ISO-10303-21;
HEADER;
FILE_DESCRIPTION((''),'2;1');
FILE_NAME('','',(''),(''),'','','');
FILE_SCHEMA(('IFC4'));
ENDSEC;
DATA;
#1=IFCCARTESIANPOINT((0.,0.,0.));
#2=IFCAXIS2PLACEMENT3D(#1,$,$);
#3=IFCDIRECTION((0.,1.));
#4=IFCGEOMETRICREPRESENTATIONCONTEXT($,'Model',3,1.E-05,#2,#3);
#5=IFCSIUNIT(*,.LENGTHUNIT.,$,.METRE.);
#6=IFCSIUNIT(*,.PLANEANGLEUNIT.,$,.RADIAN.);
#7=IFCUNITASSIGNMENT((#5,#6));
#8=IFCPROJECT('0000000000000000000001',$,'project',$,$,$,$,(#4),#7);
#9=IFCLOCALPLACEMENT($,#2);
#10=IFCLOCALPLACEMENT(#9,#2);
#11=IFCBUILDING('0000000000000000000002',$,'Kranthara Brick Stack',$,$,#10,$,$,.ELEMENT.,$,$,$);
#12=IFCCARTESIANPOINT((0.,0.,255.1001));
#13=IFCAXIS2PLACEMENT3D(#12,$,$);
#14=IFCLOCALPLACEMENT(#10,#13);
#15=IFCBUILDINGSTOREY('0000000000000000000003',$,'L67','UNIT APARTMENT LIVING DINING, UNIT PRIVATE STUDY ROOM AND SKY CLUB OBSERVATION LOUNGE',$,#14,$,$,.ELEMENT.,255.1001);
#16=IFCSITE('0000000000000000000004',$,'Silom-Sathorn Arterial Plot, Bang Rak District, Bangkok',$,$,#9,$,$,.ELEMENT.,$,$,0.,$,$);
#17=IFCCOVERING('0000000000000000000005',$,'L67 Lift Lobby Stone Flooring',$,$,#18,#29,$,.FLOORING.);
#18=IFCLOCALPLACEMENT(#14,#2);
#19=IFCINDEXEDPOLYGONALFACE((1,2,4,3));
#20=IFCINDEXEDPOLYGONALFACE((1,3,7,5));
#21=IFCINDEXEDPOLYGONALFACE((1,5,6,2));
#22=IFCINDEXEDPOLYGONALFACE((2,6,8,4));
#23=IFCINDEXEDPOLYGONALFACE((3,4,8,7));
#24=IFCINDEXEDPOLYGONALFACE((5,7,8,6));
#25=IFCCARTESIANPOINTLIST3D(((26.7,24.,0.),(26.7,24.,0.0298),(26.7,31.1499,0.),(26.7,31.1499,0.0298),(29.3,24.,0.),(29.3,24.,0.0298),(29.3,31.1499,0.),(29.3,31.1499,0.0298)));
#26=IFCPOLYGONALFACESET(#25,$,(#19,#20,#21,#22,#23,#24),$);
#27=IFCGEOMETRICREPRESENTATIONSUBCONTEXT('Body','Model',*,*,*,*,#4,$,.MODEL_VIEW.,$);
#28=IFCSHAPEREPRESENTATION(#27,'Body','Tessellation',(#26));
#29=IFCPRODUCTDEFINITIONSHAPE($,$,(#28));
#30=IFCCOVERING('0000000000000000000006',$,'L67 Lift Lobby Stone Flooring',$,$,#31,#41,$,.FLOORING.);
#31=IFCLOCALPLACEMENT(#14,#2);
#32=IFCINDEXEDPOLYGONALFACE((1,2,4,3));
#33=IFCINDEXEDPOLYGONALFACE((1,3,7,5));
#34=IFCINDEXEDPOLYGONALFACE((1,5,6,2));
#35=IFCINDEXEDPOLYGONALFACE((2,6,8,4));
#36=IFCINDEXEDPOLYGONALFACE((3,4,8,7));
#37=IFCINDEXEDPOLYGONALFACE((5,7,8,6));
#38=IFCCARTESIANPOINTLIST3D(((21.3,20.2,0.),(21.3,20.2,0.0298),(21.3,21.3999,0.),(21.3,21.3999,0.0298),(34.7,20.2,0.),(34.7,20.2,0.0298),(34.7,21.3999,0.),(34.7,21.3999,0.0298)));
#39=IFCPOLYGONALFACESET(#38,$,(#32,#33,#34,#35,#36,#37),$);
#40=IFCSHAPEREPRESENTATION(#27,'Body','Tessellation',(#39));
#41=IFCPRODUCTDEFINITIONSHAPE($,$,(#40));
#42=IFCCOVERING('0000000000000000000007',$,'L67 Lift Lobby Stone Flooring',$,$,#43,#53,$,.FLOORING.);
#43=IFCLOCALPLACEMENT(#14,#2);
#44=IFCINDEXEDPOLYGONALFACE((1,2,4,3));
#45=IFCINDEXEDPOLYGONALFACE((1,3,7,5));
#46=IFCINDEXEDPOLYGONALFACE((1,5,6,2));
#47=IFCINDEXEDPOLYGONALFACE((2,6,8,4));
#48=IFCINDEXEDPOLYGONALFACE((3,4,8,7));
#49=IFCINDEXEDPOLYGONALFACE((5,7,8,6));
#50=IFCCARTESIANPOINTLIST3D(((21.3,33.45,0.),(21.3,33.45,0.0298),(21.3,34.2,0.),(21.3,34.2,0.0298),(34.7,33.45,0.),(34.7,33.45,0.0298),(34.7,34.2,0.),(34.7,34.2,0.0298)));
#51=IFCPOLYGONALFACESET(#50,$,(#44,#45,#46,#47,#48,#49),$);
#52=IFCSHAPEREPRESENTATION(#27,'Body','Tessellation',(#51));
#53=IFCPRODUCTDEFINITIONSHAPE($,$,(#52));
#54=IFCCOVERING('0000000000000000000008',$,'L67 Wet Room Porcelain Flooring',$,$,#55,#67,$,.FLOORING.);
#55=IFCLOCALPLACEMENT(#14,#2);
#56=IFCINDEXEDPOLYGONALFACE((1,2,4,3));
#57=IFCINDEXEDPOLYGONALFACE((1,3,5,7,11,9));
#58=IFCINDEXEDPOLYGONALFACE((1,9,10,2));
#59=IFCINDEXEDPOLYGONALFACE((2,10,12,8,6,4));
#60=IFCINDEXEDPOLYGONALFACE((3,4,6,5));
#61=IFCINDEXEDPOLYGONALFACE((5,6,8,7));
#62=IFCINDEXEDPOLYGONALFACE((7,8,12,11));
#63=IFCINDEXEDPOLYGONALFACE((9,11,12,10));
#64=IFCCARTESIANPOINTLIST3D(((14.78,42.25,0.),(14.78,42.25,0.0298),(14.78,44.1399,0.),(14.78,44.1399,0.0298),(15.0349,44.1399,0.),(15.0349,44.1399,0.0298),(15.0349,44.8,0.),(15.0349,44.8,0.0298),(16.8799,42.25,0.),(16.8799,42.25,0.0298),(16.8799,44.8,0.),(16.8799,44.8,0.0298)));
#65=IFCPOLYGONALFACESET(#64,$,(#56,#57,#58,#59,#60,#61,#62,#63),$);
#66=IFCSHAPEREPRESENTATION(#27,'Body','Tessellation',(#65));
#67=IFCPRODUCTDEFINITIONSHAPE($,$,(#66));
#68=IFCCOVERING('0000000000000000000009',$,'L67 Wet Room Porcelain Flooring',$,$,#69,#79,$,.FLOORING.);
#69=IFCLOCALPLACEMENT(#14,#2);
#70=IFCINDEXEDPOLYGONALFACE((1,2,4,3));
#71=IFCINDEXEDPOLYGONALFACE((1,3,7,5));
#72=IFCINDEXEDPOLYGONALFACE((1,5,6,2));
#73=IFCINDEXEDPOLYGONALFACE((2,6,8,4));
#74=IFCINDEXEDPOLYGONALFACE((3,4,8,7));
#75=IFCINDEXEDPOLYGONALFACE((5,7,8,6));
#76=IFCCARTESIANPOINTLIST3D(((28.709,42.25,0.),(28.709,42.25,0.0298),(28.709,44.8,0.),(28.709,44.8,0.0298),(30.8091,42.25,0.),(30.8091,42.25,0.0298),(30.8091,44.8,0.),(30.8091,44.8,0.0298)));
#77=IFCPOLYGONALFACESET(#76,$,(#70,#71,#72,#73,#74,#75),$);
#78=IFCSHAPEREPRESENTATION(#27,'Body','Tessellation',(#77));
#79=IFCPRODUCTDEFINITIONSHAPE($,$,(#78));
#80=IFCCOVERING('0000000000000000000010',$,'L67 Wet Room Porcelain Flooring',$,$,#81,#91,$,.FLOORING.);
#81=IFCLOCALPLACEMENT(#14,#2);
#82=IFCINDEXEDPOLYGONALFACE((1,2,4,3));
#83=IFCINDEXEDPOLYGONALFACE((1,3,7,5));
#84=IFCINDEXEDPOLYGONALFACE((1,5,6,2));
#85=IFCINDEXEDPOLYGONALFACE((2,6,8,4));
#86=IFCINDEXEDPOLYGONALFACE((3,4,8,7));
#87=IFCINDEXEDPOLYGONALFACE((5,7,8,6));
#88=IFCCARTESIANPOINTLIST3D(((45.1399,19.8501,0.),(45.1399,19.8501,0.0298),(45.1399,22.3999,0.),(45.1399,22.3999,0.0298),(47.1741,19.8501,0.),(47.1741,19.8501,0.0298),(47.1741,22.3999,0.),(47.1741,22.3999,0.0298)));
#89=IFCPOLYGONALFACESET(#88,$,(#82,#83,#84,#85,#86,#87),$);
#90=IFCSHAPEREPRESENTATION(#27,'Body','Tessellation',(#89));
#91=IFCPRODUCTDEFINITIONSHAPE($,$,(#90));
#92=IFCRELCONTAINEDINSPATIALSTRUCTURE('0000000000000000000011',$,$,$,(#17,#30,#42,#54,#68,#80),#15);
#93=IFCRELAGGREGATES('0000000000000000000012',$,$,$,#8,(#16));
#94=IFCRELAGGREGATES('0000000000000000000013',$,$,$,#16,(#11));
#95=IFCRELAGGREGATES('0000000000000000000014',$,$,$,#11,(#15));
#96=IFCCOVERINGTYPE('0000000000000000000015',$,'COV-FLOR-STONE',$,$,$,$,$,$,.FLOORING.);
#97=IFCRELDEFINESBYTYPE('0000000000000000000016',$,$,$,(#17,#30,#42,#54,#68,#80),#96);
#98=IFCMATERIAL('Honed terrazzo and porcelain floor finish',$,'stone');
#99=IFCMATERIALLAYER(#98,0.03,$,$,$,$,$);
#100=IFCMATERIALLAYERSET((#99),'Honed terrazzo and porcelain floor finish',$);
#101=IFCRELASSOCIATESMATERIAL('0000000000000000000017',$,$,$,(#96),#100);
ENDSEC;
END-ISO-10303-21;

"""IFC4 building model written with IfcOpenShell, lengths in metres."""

from ifc_helpers import new_model, si_unit, direction, frame, origin, place, context, subcontext, project, spatial, polyline, outline, extrude, material, layer, layer_set, type_object, element, save


model = new_model("IFC4")

# Units and contexts
model_context = context("Model", 3, precision=1e-05, world=origin(), true_north=direction((0.0, 1.0)))
body_context = subcontext(model_context, "Body", "Model", "MODEL_VIEW")
ifc_project = project(units=[si_unit("LENGTHUNIT", "METRE"), si_unit("PLANEANGLEUNIT", "RADIAN")], contexts=[model_context])

# Site, building, storey
site_placement = place(None, origin())
site = spatial("IfcSite", under=ifc_project, at=site_placement, Name="Silom-Sathorn Arterial Plot, Bang Rak District, Bangkok", CompositionType="ELEMENT", RefElevation=0.0)
building_placement = place(site_placement, origin())
building = spatial("IfcBuilding", under=site, at=building_placement, Name="Kranthara Brick Stack", CompositionType="ELEMENT")
storey_placement = place(building_placement, frame((0.0, 0.0, 255.1001)))
storey = spatial("IfcBuildingStorey", under=building, at=storey_placement, Name="L67", Description="UNIT APARTMENT LIVING DINING, UNIT PRIVATE STUDY ROOM AND SKY CLUB OBSERVATION LOUNGE", CompositionType="ELEMENT", Elevation=255.1001)

# Coverings
ifc_material_1 = material(Name="Honed terrazzo and porcelain floor finish", Category="stone")
ifc_layer_1 = layer(ifc_material_1, 0.03)
ifc_layer_set_1 = layer_set([ifc_layer_1], Name="Honed terrazzo and porcelain floor finish")
covering_type_1 = type_object("IfcCoveringType", Name="COV-FLOR-STONE", PredefinedType="FLOORING", material=ifc_layer_set_1)
covering_1_placement = place(storey_placement, origin())
element("IfcCovering", 1, at=covering_1_placement, inside=storey, type_object=covering_type_1, Name="L67 Lift Lobby Stone Flooring", PredefinedType="FLOORING", context=body_context, shape_type="SweptSolid", body=[
    extrude(outline(polyline([(29.3, 24.0), (26.7, 24.0), (26.7, 31.1499), (29.3, 31.1499), (29.3, 24.0)])), origin(), (0.0, 0.0, 1.0), 0.0298),
])
covering_2_placement = place(storey_placement, origin())
element("IfcCovering", 2, at=covering_2_placement, inside=storey, type_object=covering_type_1, Name="L67 Lift Lobby Stone Flooring", PredefinedType="FLOORING", context=body_context, shape_type="SweptSolid", body=[
    extrude(outline(polyline([(34.7, 20.2), (21.3, 20.2), (21.3, 21.3999), (34.7, 21.3999), (34.7, 20.2)])), origin(), (0.0, 0.0, 1.0), 0.0298),
])
covering_3_placement = place(storey_placement, origin())
element("IfcCovering", 3, at=covering_3_placement, inside=storey, type_object=covering_type_1, Name="L67 Lift Lobby Stone Flooring", PredefinedType="FLOORING", context=body_context, shape_type="SweptSolid", body=[
    extrude(outline(polyline([(34.7, 33.45), (21.3, 33.45), (21.3, 34.2), (34.7, 34.2), (34.7, 33.45)])), origin(), (0.0, 0.0, 1.0), 0.0298),
])
covering_4_placement = place(storey_placement, origin())
element("IfcCovering", 4, at=covering_4_placement, inside=storey, type_object=covering_type_1, Name="L67 Wet Room Porcelain Flooring", PredefinedType="FLOORING", context=body_context, shape_type="SweptSolid", body=[
    extrude(outline(polyline([(16.8799, 44.8), (16.8799, 42.25), (14.78, 42.25), (14.78, 44.1399), (15.0349, 44.1399), (15.0349, 44.8), (16.8799, 44.8)])), origin(), (0.0, 0.0, 1.0), 0.0298),
])
covering_5_placement = place(storey_placement, origin())
element("IfcCovering", 5, at=covering_5_placement, inside=storey, type_object=covering_type_1, Name="L67 Wet Room Porcelain Flooring", PredefinedType="FLOORING", context=body_context, shape_type="SweptSolid", body=[
    extrude(outline(polyline([(30.8091, 42.25), (30.8091, 44.8), (28.709, 44.8), (28.709, 42.25), (30.8091, 42.25)])), origin(), (0.0, 0.0, 1.0), 0.0298),
])
covering_6_placement = place(storey_placement, origin())
element("IfcCovering", 6, at=covering_6_placement, inside=storey, type_object=covering_type_1, Name="L67 Wet Room Porcelain Flooring", PredefinedType="FLOORING", context=body_context, shape_type="SweptSolid", body=[
    extrude(outline(polyline([(47.1741, 19.8501), (47.1741, 22.3999), (45.1399, 22.3999), (45.1399, 19.8501), (47.1741, 19.8501)])), origin(), (0.0, 0.0, 1.0), 0.0298),
])

save(model, "model.ifc")
